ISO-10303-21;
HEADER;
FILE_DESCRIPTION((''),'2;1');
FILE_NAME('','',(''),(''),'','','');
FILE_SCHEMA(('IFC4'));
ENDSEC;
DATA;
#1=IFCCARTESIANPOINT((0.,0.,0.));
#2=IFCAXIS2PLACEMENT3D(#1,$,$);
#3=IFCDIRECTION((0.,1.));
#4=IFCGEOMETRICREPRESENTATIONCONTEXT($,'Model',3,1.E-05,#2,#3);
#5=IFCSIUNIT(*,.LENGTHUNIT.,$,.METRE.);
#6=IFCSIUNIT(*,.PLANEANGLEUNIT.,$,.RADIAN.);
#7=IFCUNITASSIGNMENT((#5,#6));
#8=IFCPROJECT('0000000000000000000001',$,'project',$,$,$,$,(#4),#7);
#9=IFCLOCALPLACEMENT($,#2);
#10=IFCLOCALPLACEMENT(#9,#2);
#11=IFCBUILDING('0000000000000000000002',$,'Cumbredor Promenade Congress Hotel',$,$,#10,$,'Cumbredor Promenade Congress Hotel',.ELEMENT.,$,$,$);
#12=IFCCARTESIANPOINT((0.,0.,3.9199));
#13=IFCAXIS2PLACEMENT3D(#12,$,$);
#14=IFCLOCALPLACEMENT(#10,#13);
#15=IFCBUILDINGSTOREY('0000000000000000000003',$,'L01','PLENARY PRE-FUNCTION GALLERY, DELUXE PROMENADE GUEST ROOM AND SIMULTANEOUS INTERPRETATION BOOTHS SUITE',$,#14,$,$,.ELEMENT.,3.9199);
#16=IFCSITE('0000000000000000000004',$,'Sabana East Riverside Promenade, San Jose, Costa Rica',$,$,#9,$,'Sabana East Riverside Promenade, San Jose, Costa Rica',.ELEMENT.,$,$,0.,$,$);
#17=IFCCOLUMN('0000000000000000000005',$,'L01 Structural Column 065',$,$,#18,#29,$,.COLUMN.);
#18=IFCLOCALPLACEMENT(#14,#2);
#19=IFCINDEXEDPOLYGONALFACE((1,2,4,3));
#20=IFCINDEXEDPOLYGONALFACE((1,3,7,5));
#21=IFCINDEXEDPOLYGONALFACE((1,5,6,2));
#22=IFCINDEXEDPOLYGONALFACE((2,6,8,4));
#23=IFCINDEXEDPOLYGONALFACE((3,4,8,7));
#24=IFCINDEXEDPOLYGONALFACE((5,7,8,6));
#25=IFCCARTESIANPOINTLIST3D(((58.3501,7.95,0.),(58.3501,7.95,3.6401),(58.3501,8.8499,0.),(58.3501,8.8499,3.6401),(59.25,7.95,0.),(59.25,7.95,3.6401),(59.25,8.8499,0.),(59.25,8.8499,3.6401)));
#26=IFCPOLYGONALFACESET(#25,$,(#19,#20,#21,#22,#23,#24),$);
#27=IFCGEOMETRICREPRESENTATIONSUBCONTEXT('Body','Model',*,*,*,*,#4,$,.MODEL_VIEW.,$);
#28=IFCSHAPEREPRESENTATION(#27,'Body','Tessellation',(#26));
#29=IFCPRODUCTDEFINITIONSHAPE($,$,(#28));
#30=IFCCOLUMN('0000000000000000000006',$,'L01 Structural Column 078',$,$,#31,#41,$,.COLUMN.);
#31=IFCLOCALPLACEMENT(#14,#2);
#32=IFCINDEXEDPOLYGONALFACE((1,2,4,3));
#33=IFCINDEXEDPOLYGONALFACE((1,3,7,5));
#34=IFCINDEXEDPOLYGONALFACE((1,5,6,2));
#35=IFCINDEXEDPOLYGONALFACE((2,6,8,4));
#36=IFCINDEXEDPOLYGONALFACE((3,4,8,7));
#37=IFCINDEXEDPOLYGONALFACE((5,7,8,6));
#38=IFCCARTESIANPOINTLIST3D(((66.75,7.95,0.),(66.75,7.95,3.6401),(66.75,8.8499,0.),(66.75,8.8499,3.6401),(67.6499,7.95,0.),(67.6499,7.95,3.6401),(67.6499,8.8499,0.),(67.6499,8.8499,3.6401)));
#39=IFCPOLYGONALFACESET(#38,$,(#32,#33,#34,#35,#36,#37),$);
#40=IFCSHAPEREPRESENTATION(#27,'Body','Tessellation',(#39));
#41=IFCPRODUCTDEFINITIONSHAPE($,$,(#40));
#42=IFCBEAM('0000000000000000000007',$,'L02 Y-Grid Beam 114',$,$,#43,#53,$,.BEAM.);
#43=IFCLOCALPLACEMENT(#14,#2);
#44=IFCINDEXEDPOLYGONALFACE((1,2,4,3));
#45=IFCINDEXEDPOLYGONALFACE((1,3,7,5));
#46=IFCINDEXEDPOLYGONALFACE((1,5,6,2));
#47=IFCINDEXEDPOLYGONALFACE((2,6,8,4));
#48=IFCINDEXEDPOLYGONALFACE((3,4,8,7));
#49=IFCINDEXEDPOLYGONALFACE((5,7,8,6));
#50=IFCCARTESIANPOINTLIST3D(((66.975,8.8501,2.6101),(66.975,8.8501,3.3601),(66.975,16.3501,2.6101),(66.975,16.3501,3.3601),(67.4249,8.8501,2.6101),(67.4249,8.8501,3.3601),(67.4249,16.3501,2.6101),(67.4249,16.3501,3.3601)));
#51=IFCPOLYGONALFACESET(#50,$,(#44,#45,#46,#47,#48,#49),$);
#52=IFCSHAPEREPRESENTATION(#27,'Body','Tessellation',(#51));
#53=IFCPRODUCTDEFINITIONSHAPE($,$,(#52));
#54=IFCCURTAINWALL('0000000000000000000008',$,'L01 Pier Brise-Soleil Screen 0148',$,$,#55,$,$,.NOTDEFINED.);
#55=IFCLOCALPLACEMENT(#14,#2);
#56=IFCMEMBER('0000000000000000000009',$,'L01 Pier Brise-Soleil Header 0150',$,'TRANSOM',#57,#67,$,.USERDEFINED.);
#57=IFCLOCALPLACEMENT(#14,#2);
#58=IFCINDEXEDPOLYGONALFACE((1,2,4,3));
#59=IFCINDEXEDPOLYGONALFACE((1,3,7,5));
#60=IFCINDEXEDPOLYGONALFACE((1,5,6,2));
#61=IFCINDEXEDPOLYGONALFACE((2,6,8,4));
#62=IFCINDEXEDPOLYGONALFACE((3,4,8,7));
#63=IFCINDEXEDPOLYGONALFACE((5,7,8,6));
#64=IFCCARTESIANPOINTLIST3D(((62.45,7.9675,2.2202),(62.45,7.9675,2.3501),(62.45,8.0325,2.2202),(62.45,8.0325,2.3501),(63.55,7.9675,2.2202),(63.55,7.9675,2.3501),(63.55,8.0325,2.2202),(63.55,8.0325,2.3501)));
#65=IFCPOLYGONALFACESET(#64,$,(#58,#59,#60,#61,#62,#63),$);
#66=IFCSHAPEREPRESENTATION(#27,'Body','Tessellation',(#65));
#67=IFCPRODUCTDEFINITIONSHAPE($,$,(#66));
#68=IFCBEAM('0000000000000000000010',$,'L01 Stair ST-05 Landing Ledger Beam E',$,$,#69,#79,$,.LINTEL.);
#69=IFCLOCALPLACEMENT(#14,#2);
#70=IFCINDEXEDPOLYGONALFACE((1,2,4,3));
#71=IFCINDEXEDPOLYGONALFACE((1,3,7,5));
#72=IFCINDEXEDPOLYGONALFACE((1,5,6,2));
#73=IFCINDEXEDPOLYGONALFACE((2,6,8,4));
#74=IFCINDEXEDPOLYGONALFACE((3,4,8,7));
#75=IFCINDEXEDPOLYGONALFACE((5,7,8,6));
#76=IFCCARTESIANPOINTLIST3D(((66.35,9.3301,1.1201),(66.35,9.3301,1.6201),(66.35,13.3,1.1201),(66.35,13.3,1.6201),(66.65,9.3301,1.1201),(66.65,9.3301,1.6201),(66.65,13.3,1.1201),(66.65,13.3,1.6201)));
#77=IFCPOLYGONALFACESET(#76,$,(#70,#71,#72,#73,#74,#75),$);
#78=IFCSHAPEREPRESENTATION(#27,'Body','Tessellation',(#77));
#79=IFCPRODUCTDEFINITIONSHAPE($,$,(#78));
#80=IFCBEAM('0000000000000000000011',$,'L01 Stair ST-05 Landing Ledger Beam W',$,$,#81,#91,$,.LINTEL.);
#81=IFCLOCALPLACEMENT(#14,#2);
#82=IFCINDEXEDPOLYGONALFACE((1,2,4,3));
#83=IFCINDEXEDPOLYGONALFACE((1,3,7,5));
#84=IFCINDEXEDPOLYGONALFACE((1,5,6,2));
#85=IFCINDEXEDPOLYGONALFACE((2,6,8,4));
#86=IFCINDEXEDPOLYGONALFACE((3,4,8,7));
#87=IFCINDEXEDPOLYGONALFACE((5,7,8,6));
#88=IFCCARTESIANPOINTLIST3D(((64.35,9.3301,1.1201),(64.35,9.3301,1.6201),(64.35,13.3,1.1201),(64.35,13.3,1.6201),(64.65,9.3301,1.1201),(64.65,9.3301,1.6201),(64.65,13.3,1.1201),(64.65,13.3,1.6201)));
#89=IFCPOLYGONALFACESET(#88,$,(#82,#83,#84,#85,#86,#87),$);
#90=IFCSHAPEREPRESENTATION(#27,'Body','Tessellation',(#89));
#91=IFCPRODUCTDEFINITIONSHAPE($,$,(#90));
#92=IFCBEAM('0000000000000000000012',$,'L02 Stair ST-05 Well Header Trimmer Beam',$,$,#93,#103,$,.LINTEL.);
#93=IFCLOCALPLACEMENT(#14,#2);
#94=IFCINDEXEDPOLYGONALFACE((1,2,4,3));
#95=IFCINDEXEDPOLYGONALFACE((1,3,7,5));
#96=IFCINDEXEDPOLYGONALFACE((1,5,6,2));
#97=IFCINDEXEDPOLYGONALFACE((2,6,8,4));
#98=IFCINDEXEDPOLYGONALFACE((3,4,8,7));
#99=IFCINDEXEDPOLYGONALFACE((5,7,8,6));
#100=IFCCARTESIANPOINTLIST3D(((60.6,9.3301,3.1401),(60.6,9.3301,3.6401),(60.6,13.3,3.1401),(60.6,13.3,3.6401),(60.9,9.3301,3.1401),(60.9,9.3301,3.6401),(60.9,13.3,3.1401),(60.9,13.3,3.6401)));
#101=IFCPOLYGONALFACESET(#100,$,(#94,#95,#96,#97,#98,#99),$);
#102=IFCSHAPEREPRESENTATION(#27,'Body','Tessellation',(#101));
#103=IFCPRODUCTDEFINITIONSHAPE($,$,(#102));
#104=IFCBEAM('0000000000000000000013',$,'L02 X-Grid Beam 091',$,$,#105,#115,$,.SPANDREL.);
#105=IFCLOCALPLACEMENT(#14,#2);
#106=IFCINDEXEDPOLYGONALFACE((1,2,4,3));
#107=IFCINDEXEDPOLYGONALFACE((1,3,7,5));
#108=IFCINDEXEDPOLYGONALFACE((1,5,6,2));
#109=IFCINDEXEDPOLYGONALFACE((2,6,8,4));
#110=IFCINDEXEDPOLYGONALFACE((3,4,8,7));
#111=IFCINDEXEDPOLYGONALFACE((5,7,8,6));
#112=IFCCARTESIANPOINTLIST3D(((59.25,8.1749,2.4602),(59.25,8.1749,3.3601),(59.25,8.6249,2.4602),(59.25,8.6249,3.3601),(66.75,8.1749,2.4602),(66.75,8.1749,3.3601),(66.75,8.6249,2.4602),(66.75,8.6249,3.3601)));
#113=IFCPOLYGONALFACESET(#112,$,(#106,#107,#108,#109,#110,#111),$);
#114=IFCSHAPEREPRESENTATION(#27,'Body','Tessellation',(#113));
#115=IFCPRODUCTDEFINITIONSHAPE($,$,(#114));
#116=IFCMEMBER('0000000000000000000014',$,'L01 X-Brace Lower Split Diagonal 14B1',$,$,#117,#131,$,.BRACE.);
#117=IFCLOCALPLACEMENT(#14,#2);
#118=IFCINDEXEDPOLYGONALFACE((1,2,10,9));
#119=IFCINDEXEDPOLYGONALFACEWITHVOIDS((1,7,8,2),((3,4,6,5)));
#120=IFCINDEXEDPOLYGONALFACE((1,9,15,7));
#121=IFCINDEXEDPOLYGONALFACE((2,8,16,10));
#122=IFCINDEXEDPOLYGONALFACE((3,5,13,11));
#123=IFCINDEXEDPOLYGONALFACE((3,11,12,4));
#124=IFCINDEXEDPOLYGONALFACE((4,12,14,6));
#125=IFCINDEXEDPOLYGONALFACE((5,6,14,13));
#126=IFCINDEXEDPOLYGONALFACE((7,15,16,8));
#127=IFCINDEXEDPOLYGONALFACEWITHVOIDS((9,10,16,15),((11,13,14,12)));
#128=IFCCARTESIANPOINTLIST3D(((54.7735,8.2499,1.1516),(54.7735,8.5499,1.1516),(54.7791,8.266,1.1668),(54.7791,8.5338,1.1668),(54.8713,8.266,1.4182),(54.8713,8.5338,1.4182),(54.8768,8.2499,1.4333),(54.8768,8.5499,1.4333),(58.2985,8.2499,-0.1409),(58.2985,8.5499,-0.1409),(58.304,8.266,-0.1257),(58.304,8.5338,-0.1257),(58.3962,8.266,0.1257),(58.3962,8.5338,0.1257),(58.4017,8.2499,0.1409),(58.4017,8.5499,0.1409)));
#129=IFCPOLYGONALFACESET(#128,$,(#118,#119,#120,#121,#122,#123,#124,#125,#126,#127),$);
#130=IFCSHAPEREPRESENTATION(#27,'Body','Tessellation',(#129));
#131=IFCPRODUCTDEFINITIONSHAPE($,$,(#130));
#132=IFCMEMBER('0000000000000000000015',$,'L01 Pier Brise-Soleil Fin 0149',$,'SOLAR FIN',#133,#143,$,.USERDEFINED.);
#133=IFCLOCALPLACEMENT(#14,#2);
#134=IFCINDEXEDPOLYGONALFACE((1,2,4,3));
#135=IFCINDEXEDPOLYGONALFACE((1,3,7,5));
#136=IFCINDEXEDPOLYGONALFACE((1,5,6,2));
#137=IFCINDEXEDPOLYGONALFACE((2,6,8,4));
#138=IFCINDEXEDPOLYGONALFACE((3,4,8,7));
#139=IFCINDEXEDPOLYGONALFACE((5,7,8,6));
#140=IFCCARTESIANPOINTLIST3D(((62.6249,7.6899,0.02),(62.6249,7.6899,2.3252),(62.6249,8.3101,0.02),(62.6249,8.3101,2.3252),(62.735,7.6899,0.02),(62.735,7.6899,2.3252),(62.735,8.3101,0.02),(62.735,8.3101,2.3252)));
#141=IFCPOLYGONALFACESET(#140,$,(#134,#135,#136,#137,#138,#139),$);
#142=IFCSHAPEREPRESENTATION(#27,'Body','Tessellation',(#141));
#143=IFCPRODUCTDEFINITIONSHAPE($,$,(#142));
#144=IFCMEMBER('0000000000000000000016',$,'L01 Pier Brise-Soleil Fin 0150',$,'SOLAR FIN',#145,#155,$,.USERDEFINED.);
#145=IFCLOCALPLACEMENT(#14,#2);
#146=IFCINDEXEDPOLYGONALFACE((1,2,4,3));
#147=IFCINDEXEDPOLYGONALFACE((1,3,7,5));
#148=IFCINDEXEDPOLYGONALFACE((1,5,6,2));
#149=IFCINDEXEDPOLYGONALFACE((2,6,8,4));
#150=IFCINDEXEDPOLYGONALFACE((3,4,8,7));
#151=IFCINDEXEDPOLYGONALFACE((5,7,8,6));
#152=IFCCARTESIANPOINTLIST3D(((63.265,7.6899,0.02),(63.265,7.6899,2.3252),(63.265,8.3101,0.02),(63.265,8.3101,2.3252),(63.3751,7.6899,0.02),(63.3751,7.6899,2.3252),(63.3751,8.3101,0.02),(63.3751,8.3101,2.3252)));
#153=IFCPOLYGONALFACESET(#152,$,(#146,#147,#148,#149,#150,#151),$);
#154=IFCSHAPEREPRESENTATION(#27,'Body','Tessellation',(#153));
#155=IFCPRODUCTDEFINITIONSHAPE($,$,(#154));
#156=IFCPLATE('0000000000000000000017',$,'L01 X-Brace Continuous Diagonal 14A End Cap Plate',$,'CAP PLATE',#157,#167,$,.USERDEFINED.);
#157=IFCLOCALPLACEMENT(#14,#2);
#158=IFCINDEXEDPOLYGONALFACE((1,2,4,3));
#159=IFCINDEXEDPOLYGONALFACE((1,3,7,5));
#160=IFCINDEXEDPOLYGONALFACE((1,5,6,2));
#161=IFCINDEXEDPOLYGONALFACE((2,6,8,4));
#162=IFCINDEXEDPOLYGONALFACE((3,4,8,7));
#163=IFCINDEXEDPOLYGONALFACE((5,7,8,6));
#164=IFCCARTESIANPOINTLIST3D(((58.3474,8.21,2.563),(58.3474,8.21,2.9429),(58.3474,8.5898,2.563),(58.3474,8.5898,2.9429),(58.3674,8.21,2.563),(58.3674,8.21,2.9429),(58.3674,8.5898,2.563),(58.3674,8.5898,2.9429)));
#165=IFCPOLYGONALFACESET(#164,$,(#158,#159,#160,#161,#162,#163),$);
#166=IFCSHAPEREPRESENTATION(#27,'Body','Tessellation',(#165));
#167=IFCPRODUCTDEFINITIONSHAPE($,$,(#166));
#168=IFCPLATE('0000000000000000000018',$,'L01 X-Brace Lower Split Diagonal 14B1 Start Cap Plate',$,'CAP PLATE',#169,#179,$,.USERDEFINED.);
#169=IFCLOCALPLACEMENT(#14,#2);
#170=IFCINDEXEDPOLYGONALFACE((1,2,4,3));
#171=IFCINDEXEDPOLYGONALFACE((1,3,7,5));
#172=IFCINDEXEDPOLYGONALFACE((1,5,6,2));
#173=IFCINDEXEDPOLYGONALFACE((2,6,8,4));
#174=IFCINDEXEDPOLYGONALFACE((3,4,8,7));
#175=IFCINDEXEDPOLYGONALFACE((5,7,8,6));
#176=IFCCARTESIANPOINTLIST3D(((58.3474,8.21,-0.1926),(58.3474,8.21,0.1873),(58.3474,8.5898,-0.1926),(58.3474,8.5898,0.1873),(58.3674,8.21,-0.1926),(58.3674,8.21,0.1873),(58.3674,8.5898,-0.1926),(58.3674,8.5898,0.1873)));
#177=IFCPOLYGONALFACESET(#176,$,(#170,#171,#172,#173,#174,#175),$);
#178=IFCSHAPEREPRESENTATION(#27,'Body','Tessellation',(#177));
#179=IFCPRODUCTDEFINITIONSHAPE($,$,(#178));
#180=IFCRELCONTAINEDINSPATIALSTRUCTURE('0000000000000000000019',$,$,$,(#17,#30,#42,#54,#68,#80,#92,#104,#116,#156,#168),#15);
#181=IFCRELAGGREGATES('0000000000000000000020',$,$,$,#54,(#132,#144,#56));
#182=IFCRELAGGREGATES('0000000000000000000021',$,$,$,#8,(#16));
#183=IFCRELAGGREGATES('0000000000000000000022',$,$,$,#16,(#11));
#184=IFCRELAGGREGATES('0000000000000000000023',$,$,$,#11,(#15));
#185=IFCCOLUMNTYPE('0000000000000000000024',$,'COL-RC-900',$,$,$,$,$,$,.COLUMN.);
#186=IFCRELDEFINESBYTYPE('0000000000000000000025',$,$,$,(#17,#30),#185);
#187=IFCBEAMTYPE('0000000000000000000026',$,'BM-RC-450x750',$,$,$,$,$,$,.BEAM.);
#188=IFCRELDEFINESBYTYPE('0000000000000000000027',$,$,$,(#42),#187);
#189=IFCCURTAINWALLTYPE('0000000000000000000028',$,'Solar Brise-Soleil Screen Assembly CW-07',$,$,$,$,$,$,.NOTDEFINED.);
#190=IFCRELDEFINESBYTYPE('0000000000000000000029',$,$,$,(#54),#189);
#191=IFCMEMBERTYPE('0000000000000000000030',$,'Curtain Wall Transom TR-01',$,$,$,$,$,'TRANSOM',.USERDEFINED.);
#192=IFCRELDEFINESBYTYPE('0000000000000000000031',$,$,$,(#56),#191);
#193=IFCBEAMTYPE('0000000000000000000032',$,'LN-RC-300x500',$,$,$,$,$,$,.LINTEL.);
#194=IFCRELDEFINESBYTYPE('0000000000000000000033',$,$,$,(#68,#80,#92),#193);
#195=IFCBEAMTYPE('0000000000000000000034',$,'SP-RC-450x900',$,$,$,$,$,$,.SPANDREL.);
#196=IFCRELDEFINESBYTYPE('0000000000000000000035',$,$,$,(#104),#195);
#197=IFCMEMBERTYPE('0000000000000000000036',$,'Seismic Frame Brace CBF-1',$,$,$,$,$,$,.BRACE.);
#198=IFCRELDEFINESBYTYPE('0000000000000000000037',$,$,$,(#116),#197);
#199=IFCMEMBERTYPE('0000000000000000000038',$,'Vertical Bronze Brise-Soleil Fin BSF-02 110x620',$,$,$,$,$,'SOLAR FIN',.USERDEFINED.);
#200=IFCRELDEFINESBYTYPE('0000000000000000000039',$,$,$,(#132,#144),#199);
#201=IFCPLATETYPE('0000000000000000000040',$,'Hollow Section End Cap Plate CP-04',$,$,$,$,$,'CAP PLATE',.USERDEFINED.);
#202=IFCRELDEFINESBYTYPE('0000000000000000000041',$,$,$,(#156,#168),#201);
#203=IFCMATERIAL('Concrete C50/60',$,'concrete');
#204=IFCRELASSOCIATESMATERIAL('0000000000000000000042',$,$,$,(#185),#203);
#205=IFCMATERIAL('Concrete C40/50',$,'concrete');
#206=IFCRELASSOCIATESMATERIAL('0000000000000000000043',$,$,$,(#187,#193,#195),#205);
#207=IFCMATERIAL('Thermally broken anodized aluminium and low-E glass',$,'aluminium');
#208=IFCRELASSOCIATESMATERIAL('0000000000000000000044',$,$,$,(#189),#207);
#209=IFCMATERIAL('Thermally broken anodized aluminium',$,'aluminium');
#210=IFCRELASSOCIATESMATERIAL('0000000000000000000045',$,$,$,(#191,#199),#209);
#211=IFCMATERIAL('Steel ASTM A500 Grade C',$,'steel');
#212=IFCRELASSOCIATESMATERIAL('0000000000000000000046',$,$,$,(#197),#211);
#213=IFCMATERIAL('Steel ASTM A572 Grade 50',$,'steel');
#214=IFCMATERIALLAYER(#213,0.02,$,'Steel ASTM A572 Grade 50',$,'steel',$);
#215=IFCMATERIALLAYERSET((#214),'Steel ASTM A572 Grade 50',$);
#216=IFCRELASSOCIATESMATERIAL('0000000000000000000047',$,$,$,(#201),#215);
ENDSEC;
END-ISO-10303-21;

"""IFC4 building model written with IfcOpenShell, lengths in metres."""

from ifc_helpers import new_model, si_unit, direction, frame, origin, origin_2d, place, context, subcontext, project, spatial, rectangle, hollow_rectangle, extrude, material, layer, layer_set, material_profile, profile_set, type_object, element, aggregate, save


model = new_model("IFC4")

# Units and contexts
model_context = context("Model", 3, precision=1e-05, world=origin(), true_north=direction((0.0, 1.0)))
body_context = subcontext(model_context, "Body", "Model", "MODEL_VIEW")
ifc_project = project(units=[si_unit("LENGTHUNIT", "METRE"), si_unit("PLANEANGLEUNIT", "RADIAN")], contexts=[model_context])

# Site, building, storey
site_placement = place(None, origin())
site = spatial("IfcSite", under=ifc_project, at=site_placement, Name="Sabana East Riverside Promenade, San Jose, Costa Rica", LongName="Sabana East Riverside Promenade, San Jose, Costa Rica", CompositionType="ELEMENT", RefElevation=0.0)
building_placement = place(site_placement, origin())
building = spatial("IfcBuilding", under=site, at=building_placement, Name="Cumbredor Promenade Congress Hotel", LongName="Cumbredor Promenade Congress Hotel", CompositionType="ELEMENT")
storey_placement = place(building_placement, frame((0.0, 0.0, 3.9199)))
storey = spatial("IfcBuildingStorey", under=building, at=storey_placement, Name="L01", Description="PLENARY PRE-FUNCTION GALLERY, DELUXE PROMENADE GUEST ROOM AND SIMULTANEOUS INTERPRETATION BOOTHS SUITE", CompositionType="ELEMENT", Elevation=3.9199)

# Columns
ifc_material_1 = material(Name="Concrete C50/60", Category="concrete")
ifc_material_profile_1 = material_profile(ifc_material_1, rectangle(XDim=0.8999, YDim=0.8999, at=origin_2d()), Name="RC 900x900")
ifc_profile_set_1 = profile_set([ifc_material_profile_1], Name="Concrete C50/60")
column_type = type_object("IfcColumnType", Name="COL-RC-900", PredefinedType="COLUMN", material=ifc_profile_set_1)
for number, where, z_axis, x_axis, name in (
    (1, (58.8, 8.3999, 0.0), (0.0, 0.0, 1.0), (1.0, 0.0, 0.0), "L01 Structural Column 065"),
    (2, (67.2, 8.3999, 0.0), (0.0, 0.0, 1.0), (1.0, 0.0, 0.0), "L01 Structural Column 078"),
):
    element("IfcColumn", number, at=place(storey_placement, frame(where, z_axis=z_axis, x_axis=x_axis)), inside=storey, type_object=column_type, Name=name, PredefinedType="COLUMN", context=body_context, shape_type="SweptSolid", body=[
        extrude(rectangle(XDim=0.8999, YDim=0.8999, at=origin_2d()), origin(), (0.0, 0.0, 1.0), 3.6401),
    ])

# Beam
ifc_material_2 = material(Name="Concrete C40/50", Category="concrete")
ifc_material_profile_2 = material_profile(ifc_material_2, rectangle(XDim=0.45, YDim=0.75, at=origin_2d()), Name="RC BEAM 450x750")
ifc_profile_set_2 = profile_set([ifc_material_profile_2], Name="Concrete C40/50")
beam_type_1 = type_object("IfcBeamType", Name="BM-RC-450x750", PredefinedType="BEAM", material=ifc_profile_set_2)
beam_1_placement = place(storey_placement, frame((67.2, 8.8501, 2.9851), z_axis=(0.0, 1.0, 0.0), x_axis=(-1.0, 0.0, 0.0)))
element("IfcBeam", 3, at=beam_1_placement, inside=storey, type_object=beam_type_1, Name="L02 Y-Grid Beam 114", PredefinedType="BEAM", context=body_context, shape_type="SweptSolid", body=[
    extrude(rectangle(XDim=0.45, YDim=0.75, at=origin_2d()), origin(), (0.0, 0.0, 1.0), 7.5),
])

# Curtain wall, member
ifc_material_3 = material(Name="Thermally broken anodized aluminium and low-E glass", Category="aluminium")
curtain_wall_type = type_object("IfcCurtainWallType", Name="Solar Brise-Soleil Screen Assembly CW-07", PredefinedType="NOTDEFINED", material=ifc_material_3)
curtain_wall_placement = place(storey_placement, origin())
curtain_wall = element("IfcCurtainWall", 4, at=curtain_wall_placement, inside=storey, type_object=curtain_wall_type, Name="L01 Pier Brise-Soleil Screen 0148", PredefinedType="NOTDEFINED")
ifc_material_4 = material(Name="Thermally broken anodized aluminium", Category="aluminium")
ifc_material_profile_3 = material_profile(ifc_material_4, rectangle(XDim=0.0649, YDim=0.1299, at=origin_2d()), Name="ALU TRANSOM 65x130")
ifc_profile_set_3 = profile_set([ifc_material_profile_3], Name="Thermally broken anodized aluminium")
member_type_1 = type_object("IfcMemberType", Name="Curtain Wall Transom TR-01", ElementType="TRANSOM", PredefinedType="USERDEFINED", material=ifc_profile_set_3)
member_1_placement = place(storey_placement, frame((62.45, 8.0, 2.2852), z_axis=(1.0, 0.0, 0.0), x_axis=(0.0, 1.0, 0.0)))
member_1 = element("IfcMember", 5, at=member_1_placement, type_object=member_type_1, Name="L01 Pier Brise-Soleil Header 0150", ObjectType="TRANSOM", PredefinedType="USERDEFINED", context=body_context, shape_type="SweptSolid", body=[
    extrude(rectangle(XDim=0.0649, YDim=0.1299, at=origin_2d()), origin(), (0.0, 0.0, 1.0), 1.1001),
])

# Beams
ifc_material_profile_4 = material_profile(ifc_material_2, rectangle(XDim=0.3, YDim=0.5, at=origin_2d()), Name="RC LINTEL 300x500")
ifc_profile_set_4 = profile_set([ifc_material_profile_4], Name="Concrete C40/50")
beam_type_2 = type_object("IfcBeamType", Name="LN-RC-300x500", PredefinedType="LINTEL", material=ifc_profile_set_4)
for number, where, z_axis, x_axis, name in (
    (6, (66.5, 9.3301, 1.3701), (0.0, 1.0, 0.0), (-1.0, 0.0, 0.0), "L01 Stair ST-05 Landing Ledger Beam E"),
    (7, (64.5, 9.3301, 1.3701), (0.0, 1.0, 0.0), (-1.0, 0.0, 0.0), "L01 Stair ST-05 Landing Ledger Beam W"),
    (8, (60.75, 9.3301, 3.3901), (0.0, 1.0, 0.0), (-1.0, 0.0, 0.0), "L02 Stair ST-05 Well Header Trimmer Beam"),
):
    element("IfcBeam", number, at=place(storey_placement, frame(where, z_axis=z_axis, x_axis=x_axis)), inside=storey, type_object=beam_type_2, Name=name, PredefinedType="LINTEL", context=body_context, shape_type="SweptSolid", body=[
        extrude(rectangle(XDim=0.3, YDim=0.5, at=origin_2d()), origin(), (0.0, 0.0, 1.0), 3.97),
    ])
ifc_material_profile_5 = material_profile(ifc_material_2, rectangle(XDim=0.45, YDim=0.8999, at=origin_2d()), Name="RC SPANDREL 450x900")
ifc_profile_set_5 = profile_set([ifc_material_profile_5], Name="Concrete C40/50")
beam_type_3 = type_object("IfcBeamType", Name="SP-RC-450x900", PredefinedType="SPANDREL", material=ifc_profile_set_5)
beam_2_placement = place(storey_placement, frame((59.25, 8.3999, 2.9102), z_axis=(1.0, 0.0, 0.0), x_axis=(0.0, 1.0, 0.0)))
element("IfcBeam", 9, at=beam_2_placement, inside=storey, type_object=beam_type_3, Name="L02 X-Grid Beam 091", PredefinedType="SPANDREL", context=body_context, shape_type="SweptSolid", body=[
    extrude(rectangle(XDim=0.45, YDim=0.8999, at=origin_2d()), origin(), (0.0, 0.0, 1.0), 7.5),
])

# Members
ifc_material_5 = material(Name="Steel ASTM A500 Grade C", Category="steel")
ifc_material_profile_6 = material_profile(ifc_material_5, hollow_rectangle(XDim=0.3, YDim=0.3, WallThickness=0.0161, at=origin_2d()), Name="HSS 300x300x16")
ifc_profile_set_6 = profile_set([ifc_material_profile_6], Name="Steel ASTM A500 Grade C")
member_type_2 = type_object("IfcMemberType", Name="Seismic Frame Brace CBF-1", PredefinedType="BRACE", material=ifc_profile_set_6)
member_2_placement = place(storey_placement, frame((58.3501, 8.3999, 0.0), z_axis=(-0.938875, 0.0, 0.344258), x_axis=(0.0, -1.0, 0.0)))
element("IfcMember", 10, at=member_2_placement, inside=storey, type_object=member_type_2, Name="L01 X-Brace Lower Split Diagonal 14B1", PredefinedType="BRACE", context=body_context, shape_type="SweptSolid", body=[
    extrude(hollow_rectangle(XDim=0.3, YDim=0.3, WallThickness=0.0161, at=origin_2d()), origin(), (0.0, 0.0, 1.0), 3.7544),
])
ifc_material_profile_7 = material_profile(ifc_material_4, rectangle(XDim=0.1101, YDim=0.6201, at=origin_2d()), Name="ARCH FIN 110x620")
ifc_profile_set_7 = profile_set([ifc_material_profile_7], Name="Thermally broken anodized aluminium")
member_type_3 = type_object("IfcMemberType", Name="Vertical Bronze Brise-Soleil Fin BSF-02 110x620", ElementType="SOLAR FIN", PredefinedType="USERDEFINED", material=ifc_profile_set_7)
member_3_placement = place(storey_placement, frame((62.6799, 8.0, 0.02), z_axis=(0.0, 0.0, 1.0), x_axis=(1.0, 0.0, 0.0)))
member_3 = element("IfcMember", 11, at=member_3_placement, type_object=member_type_3, Name="L01 Pier Brise-Soleil Fin 0149", ObjectType="SOLAR FIN", PredefinedType="USERDEFINED", context=body_context, shape_type="SweptSolid", body=[
    extrude(rectangle(XDim=0.1101, YDim=0.6201, at=origin_2d()), origin(), (0.0, 0.0, 1.0), 2.3052),
])
member_4_placement = place(storey_placement, frame((63.3201, 8.0, 0.02), z_axis=(0.0, 0.0, 1.0), x_axis=(1.0, 0.0, 0.0)))
member_4 = element("IfcMember", 12, at=member_4_placement, type_object=member_type_3, Name="L01 Pier Brise-Soleil Fin 0150", ObjectType="SOLAR FIN", PredefinedType="USERDEFINED", context=body_context, shape_type="SweptSolid", body=[
    extrude(rectangle(XDim=0.1101, YDim=0.6201, at=origin_2d()), origin(), (0.0, 0.0, 1.0), 2.3052),
])
aggregate(curtain_wall, [member_3, member_4, member_1])

# Plates
ifc_material_6 = material(Name="Steel ASTM A572 Grade 50", Category="steel")
ifc_layer_1 = layer(ifc_material_6, 0.02, Name="Steel ASTM A572 Grade 50", Category="steel")
ifc_layer_set_1 = layer_set([ifc_layer_1], Name="Steel ASTM A572 Grade 50")
plate_type_1 = type_object("IfcPlateType", Name="Hollow Section End Cap Plate CP-04", ElementType="CAP PLATE", PredefinedType="USERDEFINED", material=ifc_layer_set_1)
for number, where, z_axis, x_axis, name in (
    (13, (58.3574, 8.3999, 2.563), (0.0, 0.0, 1.0), (1.0, 0.0, 0.0), "L01 X-Brace Continuous Diagonal 14A End Cap Plate"),
    (14, (58.3574, 8.3999, -0.1926), (0.0, 0.0, 1.0), (-1.0, 0.0, 0.0), "L01 X-Brace Lower Split Diagonal 14B1 Start Cap Plate"),
):
    element("IfcPlate", number, at=place(storey_placement, frame(where, z_axis=z_axis, x_axis=x_axis)), inside=storey, type_object=plate_type_1, Name=name, ObjectType="CAP PLATE", PredefinedType="USERDEFINED", context=body_context, shape_type="SweptSolid", body=[
        extrude(rectangle(XDim=0.02, YDim=0.3799, at=origin_2d()), origin(), (0.0, 0.0, 1.0), 0.3799),
    ])

save(model, "model.ifc")
